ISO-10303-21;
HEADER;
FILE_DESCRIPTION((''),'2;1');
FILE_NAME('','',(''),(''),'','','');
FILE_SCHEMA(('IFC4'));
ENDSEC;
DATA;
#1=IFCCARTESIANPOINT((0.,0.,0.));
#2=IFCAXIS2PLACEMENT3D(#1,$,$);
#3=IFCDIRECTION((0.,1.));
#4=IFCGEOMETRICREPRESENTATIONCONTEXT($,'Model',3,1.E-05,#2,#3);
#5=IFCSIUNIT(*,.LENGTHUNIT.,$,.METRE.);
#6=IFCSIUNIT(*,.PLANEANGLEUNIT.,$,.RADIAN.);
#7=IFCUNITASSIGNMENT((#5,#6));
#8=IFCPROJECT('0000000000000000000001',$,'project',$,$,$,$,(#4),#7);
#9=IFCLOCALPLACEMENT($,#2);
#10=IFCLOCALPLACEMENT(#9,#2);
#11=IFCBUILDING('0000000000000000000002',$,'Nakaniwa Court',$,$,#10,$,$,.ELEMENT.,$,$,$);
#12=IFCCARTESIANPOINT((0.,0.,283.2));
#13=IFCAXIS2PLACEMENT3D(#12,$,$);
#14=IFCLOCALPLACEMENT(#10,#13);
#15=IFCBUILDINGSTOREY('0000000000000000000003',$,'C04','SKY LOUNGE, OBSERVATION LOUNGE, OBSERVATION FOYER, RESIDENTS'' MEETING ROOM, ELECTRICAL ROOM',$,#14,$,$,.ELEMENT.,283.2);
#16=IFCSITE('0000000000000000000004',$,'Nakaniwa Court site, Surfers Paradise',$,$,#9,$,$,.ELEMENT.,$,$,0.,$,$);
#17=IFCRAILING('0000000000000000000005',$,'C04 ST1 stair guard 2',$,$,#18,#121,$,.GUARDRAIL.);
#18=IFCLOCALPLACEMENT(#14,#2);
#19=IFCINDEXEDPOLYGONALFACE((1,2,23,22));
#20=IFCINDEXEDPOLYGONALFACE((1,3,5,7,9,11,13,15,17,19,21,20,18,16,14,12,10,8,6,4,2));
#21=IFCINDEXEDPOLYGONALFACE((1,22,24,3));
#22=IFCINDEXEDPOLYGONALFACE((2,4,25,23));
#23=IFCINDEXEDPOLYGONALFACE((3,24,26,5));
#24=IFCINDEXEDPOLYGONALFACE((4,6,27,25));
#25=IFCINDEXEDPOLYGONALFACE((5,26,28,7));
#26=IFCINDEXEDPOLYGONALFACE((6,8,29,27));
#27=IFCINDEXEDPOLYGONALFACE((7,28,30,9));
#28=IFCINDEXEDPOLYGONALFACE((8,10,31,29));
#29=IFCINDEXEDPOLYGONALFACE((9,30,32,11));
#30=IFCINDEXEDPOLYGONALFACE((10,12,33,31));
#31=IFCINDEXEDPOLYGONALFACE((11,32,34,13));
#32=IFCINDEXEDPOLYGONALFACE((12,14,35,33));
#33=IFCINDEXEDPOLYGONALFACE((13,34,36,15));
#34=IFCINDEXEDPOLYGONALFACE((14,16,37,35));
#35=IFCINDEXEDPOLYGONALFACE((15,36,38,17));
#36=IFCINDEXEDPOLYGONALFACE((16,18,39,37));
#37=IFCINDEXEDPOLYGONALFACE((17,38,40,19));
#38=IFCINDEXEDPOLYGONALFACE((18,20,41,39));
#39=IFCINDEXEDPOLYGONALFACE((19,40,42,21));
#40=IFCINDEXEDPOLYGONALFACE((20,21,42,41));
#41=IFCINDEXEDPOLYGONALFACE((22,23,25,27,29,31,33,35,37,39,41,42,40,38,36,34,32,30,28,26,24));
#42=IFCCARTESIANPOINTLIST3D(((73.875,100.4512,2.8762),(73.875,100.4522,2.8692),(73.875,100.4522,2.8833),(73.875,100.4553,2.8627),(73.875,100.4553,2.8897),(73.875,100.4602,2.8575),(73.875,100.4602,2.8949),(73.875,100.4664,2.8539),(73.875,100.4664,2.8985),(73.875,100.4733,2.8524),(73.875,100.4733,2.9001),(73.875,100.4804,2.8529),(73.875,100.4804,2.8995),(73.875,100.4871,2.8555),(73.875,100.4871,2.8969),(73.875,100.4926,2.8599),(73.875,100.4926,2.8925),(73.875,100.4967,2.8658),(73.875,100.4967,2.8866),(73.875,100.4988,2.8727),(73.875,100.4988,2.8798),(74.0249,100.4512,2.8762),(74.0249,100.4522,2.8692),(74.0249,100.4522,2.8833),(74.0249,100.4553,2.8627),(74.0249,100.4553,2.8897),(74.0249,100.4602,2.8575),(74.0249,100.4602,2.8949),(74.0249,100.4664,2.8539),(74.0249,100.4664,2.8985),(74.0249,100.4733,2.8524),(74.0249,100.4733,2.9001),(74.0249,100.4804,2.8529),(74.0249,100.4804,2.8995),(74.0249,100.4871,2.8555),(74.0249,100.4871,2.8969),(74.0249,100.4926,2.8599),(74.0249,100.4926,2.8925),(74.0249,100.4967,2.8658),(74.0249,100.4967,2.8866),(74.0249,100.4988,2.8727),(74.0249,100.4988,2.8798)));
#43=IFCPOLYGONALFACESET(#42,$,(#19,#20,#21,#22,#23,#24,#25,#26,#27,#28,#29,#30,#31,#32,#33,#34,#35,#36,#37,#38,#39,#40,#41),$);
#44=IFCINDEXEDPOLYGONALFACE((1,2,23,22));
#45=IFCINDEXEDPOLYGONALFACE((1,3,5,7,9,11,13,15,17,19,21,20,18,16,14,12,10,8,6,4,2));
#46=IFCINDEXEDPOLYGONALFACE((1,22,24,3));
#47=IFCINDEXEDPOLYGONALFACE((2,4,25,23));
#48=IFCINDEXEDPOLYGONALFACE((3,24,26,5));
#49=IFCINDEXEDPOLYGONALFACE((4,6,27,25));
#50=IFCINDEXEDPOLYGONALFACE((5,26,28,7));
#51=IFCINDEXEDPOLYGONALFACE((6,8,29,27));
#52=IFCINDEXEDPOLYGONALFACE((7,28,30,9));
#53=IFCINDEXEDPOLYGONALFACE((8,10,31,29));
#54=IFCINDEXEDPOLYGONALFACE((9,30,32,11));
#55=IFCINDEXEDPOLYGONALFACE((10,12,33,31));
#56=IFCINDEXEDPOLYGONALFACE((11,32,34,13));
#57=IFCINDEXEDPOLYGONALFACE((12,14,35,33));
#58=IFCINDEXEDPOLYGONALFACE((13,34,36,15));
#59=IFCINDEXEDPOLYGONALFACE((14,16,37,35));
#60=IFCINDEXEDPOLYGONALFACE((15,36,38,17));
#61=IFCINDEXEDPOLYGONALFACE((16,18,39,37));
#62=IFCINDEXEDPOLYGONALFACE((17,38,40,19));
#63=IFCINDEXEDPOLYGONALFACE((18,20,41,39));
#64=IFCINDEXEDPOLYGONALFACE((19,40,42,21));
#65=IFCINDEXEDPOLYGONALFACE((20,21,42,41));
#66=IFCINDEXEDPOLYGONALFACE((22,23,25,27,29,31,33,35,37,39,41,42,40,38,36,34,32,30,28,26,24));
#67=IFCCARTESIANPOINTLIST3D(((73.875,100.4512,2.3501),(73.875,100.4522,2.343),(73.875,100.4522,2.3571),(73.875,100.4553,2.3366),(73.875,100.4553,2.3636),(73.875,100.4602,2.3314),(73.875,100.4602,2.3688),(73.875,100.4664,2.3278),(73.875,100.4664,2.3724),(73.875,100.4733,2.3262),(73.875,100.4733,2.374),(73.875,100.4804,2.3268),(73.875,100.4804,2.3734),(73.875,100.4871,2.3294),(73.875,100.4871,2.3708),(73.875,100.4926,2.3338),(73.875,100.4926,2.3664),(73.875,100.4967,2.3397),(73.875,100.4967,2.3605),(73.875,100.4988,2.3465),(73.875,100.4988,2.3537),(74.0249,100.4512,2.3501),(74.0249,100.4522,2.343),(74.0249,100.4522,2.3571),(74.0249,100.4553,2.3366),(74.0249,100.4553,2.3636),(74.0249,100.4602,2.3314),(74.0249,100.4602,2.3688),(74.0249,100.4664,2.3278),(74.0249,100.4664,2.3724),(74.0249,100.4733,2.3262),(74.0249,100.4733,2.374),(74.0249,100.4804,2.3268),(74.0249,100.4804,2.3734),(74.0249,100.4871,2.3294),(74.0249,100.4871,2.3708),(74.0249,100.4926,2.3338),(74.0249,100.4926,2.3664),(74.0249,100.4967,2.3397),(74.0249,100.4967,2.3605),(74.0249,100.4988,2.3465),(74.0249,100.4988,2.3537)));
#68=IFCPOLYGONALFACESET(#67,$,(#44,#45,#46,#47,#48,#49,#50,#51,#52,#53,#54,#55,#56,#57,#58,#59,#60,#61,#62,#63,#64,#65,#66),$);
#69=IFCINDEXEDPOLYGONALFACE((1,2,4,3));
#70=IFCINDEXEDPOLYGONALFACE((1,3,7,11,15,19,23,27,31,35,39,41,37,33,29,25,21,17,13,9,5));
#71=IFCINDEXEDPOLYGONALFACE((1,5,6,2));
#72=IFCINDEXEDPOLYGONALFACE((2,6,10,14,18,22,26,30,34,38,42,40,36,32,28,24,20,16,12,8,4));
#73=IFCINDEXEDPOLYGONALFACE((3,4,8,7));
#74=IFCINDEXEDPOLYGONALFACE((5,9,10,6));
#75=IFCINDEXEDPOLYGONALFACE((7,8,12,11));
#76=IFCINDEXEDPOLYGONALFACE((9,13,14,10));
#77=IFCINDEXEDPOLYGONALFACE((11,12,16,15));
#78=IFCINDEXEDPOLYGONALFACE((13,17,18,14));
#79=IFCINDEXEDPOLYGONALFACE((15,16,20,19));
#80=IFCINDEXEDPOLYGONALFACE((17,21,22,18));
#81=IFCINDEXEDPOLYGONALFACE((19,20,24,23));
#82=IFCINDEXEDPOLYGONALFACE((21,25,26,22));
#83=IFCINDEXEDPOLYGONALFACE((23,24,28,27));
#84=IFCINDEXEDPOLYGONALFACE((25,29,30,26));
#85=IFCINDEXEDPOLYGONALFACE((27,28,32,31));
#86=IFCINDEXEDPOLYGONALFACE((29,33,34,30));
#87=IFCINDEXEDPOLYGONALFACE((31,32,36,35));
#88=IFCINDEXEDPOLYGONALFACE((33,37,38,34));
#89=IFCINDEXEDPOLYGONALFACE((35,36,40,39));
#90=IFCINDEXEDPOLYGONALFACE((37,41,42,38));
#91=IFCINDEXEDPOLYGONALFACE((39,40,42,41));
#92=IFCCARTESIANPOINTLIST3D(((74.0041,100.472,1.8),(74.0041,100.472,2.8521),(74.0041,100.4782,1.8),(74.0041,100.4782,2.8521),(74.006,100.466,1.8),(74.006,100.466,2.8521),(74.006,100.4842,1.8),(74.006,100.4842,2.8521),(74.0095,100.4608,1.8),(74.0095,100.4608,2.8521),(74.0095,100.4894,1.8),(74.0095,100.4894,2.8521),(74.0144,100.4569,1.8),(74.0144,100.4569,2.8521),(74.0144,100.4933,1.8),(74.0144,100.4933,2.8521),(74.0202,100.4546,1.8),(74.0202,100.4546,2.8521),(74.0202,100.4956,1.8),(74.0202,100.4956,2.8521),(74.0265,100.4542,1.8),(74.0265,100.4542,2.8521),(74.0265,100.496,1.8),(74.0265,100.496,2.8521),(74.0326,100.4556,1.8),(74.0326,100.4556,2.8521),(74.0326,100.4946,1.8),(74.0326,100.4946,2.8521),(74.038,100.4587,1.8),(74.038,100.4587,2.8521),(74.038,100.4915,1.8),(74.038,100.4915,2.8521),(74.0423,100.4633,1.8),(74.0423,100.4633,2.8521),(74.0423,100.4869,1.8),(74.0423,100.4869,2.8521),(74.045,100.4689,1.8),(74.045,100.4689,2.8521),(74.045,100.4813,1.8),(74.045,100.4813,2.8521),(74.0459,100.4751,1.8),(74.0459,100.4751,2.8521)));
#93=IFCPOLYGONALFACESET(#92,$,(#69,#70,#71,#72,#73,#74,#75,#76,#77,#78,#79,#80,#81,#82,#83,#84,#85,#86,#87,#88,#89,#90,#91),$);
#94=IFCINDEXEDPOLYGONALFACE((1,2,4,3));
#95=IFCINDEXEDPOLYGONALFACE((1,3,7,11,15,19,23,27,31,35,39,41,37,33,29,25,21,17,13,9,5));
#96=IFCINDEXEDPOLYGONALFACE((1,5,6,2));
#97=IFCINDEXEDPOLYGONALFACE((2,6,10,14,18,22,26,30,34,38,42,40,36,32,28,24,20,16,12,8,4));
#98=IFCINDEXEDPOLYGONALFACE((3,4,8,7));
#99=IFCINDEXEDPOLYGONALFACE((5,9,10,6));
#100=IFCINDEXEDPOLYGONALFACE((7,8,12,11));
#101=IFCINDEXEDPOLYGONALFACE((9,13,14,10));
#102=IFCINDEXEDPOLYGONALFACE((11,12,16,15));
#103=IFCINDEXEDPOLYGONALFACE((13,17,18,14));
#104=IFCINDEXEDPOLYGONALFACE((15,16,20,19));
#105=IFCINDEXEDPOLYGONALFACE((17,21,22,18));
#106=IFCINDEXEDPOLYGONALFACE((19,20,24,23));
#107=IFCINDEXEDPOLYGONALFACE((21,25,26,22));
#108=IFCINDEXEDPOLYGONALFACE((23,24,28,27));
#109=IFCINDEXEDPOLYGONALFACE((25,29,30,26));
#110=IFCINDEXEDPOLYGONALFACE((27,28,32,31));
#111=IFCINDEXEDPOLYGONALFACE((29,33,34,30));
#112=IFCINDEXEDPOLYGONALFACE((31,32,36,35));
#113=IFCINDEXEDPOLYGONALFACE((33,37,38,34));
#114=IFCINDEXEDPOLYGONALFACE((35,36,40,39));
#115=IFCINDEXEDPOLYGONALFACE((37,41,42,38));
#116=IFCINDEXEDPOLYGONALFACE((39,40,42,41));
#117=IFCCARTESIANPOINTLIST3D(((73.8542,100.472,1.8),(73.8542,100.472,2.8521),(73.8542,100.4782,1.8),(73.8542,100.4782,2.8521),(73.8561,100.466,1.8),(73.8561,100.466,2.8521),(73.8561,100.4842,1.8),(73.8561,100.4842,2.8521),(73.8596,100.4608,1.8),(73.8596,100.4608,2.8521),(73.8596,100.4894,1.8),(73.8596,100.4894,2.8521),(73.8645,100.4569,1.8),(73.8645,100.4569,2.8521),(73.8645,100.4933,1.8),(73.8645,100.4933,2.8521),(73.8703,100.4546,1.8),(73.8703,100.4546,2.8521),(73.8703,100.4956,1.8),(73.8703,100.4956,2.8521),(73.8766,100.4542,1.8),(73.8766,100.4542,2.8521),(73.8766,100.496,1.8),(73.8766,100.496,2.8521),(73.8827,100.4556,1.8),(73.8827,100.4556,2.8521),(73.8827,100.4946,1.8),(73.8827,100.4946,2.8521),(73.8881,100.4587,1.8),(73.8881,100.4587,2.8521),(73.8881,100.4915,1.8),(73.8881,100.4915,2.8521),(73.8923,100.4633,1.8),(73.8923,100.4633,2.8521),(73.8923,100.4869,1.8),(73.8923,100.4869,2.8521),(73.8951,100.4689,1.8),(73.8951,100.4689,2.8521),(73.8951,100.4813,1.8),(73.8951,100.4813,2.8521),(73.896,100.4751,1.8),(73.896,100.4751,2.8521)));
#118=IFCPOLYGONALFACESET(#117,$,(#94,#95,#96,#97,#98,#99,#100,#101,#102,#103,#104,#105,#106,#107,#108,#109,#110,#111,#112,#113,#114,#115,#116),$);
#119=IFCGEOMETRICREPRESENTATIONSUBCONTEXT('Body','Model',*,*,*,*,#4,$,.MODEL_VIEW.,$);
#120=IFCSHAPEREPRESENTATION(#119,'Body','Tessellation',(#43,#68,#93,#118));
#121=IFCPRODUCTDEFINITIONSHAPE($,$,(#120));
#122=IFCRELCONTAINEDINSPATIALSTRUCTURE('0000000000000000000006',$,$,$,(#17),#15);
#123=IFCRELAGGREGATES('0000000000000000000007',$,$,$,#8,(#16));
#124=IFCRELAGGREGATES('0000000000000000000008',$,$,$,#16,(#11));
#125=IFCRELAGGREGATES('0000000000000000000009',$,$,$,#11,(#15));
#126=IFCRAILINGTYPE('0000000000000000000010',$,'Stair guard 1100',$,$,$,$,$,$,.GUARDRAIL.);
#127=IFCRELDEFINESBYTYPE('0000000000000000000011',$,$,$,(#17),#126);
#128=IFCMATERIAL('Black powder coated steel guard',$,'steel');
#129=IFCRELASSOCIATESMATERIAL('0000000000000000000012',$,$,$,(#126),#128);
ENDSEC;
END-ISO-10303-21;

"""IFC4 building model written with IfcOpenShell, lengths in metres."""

from ifc_helpers import new_model, si_unit, direction, frame, origin, origin_2d, place, context, subcontext, project, spatial, circle, extrude, material, type_object, element, save


model = new_model("IFC4")

# Units and contexts
model_context = context("Model", 3, precision=1e-05, world=origin(), true_north=direction((0.0, 1.0)))
body_context = subcontext(model_context, "Body", "Model", "MODEL_VIEW")
ifc_project = project(units=[si_unit("LENGTHUNIT", "METRE"), si_unit("PLANEANGLEUNIT", "RADIAN")], contexts=[model_context])

# Site, building, storey
site_placement = place(None, origin())
site = spatial("IfcSite", under=ifc_project, at=site_placement, Name="Nakaniwa Court site, Surfers Paradise", CompositionType="ELEMENT", RefElevation=0.0)
building_placement = place(site_placement, origin())
building = spatial("IfcBuilding", under=site, at=building_placement, Name="Nakaniwa Court", CompositionType="ELEMENT")
storey_placement = place(building_placement, frame((0.0, 0.0, 283.2)))
storey = spatial("IfcBuildingStorey", under=building, at=storey_placement, Name="C04", Description="SKY LOUNGE, OBSERVATION LOUNGE, OBSERVATION FOYER, RESIDENTS' MEETING ROOM, ELECTRICAL ROOM", CompositionType="ELEMENT", Elevation=283.2)

# Railing
ifc_material_1 = material(Name="Black powder coated steel guard", Category="steel")
railing_type_1 = type_object("IfcRailingType", Name="Stair guard 1100", PredefinedType="GUARDRAIL", material=ifc_material_1)
railing_1_placement = place(storey_placement, frame((74.0249, 100.4751, 1.8)))
element("IfcRailing", 1, at=railing_1_placement, inside=storey, type_object=railing_type_1, Name="C04 ST1 stair guard 2", PredefinedType="GUARDRAIL", context=body_context, shape_type="SweptSolid", body=[
    extrude(circle(Radius=0.0239, at=origin_2d()), frame((0.0, 0.0, 1.0762), z_axis=(-1.0, 0.0, 0.0), x_axis=(0.0, -1.0, 0.0)), (0.0, 0.0, 1.0), 0.1499),
    extrude(circle(Radius=0.0239, at=origin_2d()), frame((0.0, 0.0, 0.55), z_axis=(-1.0, 0.0, 0.0), x_axis=(0.0, -1.0, 0.0)), (0.0, 0.0, 1.0), 0.1499),
    extrude(circle(Radius=0.021, at=origin_2d()), origin(), (0.0, 0.0, 1.0), 1.052),
    extrude(circle(Radius=0.021, at=origin_2d()), frame((-0.1499, 0.0, 0.0)), (0.0, 0.0, 1.0), 1.052),
])

save(model, "model.ifc")
